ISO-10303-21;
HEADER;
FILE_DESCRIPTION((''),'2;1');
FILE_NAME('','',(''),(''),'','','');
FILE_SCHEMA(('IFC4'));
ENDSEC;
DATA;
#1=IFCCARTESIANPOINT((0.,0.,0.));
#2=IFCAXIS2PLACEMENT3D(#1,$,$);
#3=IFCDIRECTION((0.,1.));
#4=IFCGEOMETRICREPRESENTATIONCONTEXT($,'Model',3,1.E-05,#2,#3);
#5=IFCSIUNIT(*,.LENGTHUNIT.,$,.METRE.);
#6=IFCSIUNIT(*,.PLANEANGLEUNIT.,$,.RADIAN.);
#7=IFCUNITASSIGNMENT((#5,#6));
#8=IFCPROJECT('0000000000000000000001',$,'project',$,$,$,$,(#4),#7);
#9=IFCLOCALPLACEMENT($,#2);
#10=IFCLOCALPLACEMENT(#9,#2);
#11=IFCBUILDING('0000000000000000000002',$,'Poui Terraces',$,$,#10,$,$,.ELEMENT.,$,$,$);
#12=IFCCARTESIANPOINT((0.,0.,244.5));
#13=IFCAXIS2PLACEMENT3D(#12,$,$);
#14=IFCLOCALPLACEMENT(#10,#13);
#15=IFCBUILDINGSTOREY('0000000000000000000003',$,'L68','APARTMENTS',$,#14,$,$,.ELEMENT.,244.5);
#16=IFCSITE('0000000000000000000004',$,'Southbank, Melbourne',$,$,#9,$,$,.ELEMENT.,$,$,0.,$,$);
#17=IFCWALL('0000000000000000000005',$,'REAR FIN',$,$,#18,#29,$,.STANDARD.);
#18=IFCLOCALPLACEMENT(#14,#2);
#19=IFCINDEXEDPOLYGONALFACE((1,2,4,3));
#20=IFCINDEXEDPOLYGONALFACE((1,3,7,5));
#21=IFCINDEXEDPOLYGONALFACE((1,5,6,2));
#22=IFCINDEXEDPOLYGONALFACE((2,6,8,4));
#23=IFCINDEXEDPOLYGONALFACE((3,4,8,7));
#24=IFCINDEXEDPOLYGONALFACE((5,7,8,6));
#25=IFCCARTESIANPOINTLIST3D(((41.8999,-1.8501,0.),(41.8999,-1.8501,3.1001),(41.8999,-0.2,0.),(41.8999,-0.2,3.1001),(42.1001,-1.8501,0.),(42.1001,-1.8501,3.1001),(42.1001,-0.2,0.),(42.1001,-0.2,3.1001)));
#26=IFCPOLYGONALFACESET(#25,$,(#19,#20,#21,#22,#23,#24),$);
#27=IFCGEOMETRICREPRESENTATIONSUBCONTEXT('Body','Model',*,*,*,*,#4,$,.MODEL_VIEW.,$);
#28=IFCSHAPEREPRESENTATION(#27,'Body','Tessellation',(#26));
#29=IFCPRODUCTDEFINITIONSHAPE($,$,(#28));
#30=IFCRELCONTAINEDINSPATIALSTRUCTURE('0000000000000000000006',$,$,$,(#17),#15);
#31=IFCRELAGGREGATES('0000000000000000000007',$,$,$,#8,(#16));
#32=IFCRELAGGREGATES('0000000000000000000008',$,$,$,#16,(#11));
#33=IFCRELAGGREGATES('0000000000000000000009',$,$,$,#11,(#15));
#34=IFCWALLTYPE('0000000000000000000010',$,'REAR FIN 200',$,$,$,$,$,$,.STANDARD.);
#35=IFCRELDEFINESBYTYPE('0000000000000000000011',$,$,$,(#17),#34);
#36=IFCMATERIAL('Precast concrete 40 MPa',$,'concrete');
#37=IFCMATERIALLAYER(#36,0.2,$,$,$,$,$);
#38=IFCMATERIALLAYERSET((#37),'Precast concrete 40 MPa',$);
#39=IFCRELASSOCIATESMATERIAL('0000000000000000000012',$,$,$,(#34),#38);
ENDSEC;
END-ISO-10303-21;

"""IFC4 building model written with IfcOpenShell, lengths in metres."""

from ifc_helpers import new_model, si_unit, direction, frame, origin, place, context, subcontext, project, spatial, polyline, outline, extrude, source, transform, mapped, material, layer, layer_set, type_object, element, save


model = new_model("IFC4")

# Units and contexts
model_context = context("Model", 3, precision=1e-05, world=origin(), true_north=direction((0.0, 1.0)))
body_context = subcontext(model_context, "Body", "Model", "MODEL_VIEW")
ifc_project = project(units=[si_unit("LENGTHUNIT", "METRE"), si_unit("PLANEANGLEUNIT", "RADIAN")], contexts=[model_context])

# Site, building, storey
site_placement = place(None, origin())
site = spatial("IfcSite", under=ifc_project, at=site_placement, Name="Southbank, Melbourne", CompositionType="ELEMENT", RefElevation=0.0)
building_placement = place(site_placement, origin())
building = spatial("IfcBuilding", under=site, at=building_placement, Name="Poui Terraces", CompositionType="ELEMENT")
storey_placement = place(building_placement, frame((0.0, 0.0, 244.5)))
storey = spatial("IfcBuildingStorey", under=building, at=storey_placement, Name="L68", Description="APARTMENTS", CompositionType="ELEMENT", Elevation=244.5)

# Shared definitions
ifc_material_1 = material(Name="Precast concrete 40 MPa", Category="concrete")

# Wall
ifc_layer_1 = layer(ifc_material_1, 0.2)
ifc_layer_set_1 = layer_set([ifc_layer_1], Name="Precast concrete 40 MPa")
wall_type_1 = type_object("IfcWallType", Name="REAR FIN 200", PredefinedType="STANDARD", material=ifc_layer_set_1)
shared_shape_1 = source(origin(), body_context, "Body", "SweptSolid", [
    extrude(outline(polyline([(0.0, 0.0), (0.2002, 0.0), (0.2002, 1.6501), (0.0, 1.6501), (0.0, 0.0)])), origin(), (0.0, 0.0, 1.0), 3.1001),
])
for number, where, name in (
    (1, (41.8999, -1.8501, 0.0), "REAR FIN"),
):
    element("IfcWall", number, at=place(storey_placement, frame(where)), inside=storey, type_object=wall_type_1, Name=name, PredefinedType="STANDARD", context=body_context, shape_type="MappedRepresentation", body=[
        mapped(shared_shape_1, transform((0.0, 0.0, 0.0))),
    ])

save(model, "model.ifc")
